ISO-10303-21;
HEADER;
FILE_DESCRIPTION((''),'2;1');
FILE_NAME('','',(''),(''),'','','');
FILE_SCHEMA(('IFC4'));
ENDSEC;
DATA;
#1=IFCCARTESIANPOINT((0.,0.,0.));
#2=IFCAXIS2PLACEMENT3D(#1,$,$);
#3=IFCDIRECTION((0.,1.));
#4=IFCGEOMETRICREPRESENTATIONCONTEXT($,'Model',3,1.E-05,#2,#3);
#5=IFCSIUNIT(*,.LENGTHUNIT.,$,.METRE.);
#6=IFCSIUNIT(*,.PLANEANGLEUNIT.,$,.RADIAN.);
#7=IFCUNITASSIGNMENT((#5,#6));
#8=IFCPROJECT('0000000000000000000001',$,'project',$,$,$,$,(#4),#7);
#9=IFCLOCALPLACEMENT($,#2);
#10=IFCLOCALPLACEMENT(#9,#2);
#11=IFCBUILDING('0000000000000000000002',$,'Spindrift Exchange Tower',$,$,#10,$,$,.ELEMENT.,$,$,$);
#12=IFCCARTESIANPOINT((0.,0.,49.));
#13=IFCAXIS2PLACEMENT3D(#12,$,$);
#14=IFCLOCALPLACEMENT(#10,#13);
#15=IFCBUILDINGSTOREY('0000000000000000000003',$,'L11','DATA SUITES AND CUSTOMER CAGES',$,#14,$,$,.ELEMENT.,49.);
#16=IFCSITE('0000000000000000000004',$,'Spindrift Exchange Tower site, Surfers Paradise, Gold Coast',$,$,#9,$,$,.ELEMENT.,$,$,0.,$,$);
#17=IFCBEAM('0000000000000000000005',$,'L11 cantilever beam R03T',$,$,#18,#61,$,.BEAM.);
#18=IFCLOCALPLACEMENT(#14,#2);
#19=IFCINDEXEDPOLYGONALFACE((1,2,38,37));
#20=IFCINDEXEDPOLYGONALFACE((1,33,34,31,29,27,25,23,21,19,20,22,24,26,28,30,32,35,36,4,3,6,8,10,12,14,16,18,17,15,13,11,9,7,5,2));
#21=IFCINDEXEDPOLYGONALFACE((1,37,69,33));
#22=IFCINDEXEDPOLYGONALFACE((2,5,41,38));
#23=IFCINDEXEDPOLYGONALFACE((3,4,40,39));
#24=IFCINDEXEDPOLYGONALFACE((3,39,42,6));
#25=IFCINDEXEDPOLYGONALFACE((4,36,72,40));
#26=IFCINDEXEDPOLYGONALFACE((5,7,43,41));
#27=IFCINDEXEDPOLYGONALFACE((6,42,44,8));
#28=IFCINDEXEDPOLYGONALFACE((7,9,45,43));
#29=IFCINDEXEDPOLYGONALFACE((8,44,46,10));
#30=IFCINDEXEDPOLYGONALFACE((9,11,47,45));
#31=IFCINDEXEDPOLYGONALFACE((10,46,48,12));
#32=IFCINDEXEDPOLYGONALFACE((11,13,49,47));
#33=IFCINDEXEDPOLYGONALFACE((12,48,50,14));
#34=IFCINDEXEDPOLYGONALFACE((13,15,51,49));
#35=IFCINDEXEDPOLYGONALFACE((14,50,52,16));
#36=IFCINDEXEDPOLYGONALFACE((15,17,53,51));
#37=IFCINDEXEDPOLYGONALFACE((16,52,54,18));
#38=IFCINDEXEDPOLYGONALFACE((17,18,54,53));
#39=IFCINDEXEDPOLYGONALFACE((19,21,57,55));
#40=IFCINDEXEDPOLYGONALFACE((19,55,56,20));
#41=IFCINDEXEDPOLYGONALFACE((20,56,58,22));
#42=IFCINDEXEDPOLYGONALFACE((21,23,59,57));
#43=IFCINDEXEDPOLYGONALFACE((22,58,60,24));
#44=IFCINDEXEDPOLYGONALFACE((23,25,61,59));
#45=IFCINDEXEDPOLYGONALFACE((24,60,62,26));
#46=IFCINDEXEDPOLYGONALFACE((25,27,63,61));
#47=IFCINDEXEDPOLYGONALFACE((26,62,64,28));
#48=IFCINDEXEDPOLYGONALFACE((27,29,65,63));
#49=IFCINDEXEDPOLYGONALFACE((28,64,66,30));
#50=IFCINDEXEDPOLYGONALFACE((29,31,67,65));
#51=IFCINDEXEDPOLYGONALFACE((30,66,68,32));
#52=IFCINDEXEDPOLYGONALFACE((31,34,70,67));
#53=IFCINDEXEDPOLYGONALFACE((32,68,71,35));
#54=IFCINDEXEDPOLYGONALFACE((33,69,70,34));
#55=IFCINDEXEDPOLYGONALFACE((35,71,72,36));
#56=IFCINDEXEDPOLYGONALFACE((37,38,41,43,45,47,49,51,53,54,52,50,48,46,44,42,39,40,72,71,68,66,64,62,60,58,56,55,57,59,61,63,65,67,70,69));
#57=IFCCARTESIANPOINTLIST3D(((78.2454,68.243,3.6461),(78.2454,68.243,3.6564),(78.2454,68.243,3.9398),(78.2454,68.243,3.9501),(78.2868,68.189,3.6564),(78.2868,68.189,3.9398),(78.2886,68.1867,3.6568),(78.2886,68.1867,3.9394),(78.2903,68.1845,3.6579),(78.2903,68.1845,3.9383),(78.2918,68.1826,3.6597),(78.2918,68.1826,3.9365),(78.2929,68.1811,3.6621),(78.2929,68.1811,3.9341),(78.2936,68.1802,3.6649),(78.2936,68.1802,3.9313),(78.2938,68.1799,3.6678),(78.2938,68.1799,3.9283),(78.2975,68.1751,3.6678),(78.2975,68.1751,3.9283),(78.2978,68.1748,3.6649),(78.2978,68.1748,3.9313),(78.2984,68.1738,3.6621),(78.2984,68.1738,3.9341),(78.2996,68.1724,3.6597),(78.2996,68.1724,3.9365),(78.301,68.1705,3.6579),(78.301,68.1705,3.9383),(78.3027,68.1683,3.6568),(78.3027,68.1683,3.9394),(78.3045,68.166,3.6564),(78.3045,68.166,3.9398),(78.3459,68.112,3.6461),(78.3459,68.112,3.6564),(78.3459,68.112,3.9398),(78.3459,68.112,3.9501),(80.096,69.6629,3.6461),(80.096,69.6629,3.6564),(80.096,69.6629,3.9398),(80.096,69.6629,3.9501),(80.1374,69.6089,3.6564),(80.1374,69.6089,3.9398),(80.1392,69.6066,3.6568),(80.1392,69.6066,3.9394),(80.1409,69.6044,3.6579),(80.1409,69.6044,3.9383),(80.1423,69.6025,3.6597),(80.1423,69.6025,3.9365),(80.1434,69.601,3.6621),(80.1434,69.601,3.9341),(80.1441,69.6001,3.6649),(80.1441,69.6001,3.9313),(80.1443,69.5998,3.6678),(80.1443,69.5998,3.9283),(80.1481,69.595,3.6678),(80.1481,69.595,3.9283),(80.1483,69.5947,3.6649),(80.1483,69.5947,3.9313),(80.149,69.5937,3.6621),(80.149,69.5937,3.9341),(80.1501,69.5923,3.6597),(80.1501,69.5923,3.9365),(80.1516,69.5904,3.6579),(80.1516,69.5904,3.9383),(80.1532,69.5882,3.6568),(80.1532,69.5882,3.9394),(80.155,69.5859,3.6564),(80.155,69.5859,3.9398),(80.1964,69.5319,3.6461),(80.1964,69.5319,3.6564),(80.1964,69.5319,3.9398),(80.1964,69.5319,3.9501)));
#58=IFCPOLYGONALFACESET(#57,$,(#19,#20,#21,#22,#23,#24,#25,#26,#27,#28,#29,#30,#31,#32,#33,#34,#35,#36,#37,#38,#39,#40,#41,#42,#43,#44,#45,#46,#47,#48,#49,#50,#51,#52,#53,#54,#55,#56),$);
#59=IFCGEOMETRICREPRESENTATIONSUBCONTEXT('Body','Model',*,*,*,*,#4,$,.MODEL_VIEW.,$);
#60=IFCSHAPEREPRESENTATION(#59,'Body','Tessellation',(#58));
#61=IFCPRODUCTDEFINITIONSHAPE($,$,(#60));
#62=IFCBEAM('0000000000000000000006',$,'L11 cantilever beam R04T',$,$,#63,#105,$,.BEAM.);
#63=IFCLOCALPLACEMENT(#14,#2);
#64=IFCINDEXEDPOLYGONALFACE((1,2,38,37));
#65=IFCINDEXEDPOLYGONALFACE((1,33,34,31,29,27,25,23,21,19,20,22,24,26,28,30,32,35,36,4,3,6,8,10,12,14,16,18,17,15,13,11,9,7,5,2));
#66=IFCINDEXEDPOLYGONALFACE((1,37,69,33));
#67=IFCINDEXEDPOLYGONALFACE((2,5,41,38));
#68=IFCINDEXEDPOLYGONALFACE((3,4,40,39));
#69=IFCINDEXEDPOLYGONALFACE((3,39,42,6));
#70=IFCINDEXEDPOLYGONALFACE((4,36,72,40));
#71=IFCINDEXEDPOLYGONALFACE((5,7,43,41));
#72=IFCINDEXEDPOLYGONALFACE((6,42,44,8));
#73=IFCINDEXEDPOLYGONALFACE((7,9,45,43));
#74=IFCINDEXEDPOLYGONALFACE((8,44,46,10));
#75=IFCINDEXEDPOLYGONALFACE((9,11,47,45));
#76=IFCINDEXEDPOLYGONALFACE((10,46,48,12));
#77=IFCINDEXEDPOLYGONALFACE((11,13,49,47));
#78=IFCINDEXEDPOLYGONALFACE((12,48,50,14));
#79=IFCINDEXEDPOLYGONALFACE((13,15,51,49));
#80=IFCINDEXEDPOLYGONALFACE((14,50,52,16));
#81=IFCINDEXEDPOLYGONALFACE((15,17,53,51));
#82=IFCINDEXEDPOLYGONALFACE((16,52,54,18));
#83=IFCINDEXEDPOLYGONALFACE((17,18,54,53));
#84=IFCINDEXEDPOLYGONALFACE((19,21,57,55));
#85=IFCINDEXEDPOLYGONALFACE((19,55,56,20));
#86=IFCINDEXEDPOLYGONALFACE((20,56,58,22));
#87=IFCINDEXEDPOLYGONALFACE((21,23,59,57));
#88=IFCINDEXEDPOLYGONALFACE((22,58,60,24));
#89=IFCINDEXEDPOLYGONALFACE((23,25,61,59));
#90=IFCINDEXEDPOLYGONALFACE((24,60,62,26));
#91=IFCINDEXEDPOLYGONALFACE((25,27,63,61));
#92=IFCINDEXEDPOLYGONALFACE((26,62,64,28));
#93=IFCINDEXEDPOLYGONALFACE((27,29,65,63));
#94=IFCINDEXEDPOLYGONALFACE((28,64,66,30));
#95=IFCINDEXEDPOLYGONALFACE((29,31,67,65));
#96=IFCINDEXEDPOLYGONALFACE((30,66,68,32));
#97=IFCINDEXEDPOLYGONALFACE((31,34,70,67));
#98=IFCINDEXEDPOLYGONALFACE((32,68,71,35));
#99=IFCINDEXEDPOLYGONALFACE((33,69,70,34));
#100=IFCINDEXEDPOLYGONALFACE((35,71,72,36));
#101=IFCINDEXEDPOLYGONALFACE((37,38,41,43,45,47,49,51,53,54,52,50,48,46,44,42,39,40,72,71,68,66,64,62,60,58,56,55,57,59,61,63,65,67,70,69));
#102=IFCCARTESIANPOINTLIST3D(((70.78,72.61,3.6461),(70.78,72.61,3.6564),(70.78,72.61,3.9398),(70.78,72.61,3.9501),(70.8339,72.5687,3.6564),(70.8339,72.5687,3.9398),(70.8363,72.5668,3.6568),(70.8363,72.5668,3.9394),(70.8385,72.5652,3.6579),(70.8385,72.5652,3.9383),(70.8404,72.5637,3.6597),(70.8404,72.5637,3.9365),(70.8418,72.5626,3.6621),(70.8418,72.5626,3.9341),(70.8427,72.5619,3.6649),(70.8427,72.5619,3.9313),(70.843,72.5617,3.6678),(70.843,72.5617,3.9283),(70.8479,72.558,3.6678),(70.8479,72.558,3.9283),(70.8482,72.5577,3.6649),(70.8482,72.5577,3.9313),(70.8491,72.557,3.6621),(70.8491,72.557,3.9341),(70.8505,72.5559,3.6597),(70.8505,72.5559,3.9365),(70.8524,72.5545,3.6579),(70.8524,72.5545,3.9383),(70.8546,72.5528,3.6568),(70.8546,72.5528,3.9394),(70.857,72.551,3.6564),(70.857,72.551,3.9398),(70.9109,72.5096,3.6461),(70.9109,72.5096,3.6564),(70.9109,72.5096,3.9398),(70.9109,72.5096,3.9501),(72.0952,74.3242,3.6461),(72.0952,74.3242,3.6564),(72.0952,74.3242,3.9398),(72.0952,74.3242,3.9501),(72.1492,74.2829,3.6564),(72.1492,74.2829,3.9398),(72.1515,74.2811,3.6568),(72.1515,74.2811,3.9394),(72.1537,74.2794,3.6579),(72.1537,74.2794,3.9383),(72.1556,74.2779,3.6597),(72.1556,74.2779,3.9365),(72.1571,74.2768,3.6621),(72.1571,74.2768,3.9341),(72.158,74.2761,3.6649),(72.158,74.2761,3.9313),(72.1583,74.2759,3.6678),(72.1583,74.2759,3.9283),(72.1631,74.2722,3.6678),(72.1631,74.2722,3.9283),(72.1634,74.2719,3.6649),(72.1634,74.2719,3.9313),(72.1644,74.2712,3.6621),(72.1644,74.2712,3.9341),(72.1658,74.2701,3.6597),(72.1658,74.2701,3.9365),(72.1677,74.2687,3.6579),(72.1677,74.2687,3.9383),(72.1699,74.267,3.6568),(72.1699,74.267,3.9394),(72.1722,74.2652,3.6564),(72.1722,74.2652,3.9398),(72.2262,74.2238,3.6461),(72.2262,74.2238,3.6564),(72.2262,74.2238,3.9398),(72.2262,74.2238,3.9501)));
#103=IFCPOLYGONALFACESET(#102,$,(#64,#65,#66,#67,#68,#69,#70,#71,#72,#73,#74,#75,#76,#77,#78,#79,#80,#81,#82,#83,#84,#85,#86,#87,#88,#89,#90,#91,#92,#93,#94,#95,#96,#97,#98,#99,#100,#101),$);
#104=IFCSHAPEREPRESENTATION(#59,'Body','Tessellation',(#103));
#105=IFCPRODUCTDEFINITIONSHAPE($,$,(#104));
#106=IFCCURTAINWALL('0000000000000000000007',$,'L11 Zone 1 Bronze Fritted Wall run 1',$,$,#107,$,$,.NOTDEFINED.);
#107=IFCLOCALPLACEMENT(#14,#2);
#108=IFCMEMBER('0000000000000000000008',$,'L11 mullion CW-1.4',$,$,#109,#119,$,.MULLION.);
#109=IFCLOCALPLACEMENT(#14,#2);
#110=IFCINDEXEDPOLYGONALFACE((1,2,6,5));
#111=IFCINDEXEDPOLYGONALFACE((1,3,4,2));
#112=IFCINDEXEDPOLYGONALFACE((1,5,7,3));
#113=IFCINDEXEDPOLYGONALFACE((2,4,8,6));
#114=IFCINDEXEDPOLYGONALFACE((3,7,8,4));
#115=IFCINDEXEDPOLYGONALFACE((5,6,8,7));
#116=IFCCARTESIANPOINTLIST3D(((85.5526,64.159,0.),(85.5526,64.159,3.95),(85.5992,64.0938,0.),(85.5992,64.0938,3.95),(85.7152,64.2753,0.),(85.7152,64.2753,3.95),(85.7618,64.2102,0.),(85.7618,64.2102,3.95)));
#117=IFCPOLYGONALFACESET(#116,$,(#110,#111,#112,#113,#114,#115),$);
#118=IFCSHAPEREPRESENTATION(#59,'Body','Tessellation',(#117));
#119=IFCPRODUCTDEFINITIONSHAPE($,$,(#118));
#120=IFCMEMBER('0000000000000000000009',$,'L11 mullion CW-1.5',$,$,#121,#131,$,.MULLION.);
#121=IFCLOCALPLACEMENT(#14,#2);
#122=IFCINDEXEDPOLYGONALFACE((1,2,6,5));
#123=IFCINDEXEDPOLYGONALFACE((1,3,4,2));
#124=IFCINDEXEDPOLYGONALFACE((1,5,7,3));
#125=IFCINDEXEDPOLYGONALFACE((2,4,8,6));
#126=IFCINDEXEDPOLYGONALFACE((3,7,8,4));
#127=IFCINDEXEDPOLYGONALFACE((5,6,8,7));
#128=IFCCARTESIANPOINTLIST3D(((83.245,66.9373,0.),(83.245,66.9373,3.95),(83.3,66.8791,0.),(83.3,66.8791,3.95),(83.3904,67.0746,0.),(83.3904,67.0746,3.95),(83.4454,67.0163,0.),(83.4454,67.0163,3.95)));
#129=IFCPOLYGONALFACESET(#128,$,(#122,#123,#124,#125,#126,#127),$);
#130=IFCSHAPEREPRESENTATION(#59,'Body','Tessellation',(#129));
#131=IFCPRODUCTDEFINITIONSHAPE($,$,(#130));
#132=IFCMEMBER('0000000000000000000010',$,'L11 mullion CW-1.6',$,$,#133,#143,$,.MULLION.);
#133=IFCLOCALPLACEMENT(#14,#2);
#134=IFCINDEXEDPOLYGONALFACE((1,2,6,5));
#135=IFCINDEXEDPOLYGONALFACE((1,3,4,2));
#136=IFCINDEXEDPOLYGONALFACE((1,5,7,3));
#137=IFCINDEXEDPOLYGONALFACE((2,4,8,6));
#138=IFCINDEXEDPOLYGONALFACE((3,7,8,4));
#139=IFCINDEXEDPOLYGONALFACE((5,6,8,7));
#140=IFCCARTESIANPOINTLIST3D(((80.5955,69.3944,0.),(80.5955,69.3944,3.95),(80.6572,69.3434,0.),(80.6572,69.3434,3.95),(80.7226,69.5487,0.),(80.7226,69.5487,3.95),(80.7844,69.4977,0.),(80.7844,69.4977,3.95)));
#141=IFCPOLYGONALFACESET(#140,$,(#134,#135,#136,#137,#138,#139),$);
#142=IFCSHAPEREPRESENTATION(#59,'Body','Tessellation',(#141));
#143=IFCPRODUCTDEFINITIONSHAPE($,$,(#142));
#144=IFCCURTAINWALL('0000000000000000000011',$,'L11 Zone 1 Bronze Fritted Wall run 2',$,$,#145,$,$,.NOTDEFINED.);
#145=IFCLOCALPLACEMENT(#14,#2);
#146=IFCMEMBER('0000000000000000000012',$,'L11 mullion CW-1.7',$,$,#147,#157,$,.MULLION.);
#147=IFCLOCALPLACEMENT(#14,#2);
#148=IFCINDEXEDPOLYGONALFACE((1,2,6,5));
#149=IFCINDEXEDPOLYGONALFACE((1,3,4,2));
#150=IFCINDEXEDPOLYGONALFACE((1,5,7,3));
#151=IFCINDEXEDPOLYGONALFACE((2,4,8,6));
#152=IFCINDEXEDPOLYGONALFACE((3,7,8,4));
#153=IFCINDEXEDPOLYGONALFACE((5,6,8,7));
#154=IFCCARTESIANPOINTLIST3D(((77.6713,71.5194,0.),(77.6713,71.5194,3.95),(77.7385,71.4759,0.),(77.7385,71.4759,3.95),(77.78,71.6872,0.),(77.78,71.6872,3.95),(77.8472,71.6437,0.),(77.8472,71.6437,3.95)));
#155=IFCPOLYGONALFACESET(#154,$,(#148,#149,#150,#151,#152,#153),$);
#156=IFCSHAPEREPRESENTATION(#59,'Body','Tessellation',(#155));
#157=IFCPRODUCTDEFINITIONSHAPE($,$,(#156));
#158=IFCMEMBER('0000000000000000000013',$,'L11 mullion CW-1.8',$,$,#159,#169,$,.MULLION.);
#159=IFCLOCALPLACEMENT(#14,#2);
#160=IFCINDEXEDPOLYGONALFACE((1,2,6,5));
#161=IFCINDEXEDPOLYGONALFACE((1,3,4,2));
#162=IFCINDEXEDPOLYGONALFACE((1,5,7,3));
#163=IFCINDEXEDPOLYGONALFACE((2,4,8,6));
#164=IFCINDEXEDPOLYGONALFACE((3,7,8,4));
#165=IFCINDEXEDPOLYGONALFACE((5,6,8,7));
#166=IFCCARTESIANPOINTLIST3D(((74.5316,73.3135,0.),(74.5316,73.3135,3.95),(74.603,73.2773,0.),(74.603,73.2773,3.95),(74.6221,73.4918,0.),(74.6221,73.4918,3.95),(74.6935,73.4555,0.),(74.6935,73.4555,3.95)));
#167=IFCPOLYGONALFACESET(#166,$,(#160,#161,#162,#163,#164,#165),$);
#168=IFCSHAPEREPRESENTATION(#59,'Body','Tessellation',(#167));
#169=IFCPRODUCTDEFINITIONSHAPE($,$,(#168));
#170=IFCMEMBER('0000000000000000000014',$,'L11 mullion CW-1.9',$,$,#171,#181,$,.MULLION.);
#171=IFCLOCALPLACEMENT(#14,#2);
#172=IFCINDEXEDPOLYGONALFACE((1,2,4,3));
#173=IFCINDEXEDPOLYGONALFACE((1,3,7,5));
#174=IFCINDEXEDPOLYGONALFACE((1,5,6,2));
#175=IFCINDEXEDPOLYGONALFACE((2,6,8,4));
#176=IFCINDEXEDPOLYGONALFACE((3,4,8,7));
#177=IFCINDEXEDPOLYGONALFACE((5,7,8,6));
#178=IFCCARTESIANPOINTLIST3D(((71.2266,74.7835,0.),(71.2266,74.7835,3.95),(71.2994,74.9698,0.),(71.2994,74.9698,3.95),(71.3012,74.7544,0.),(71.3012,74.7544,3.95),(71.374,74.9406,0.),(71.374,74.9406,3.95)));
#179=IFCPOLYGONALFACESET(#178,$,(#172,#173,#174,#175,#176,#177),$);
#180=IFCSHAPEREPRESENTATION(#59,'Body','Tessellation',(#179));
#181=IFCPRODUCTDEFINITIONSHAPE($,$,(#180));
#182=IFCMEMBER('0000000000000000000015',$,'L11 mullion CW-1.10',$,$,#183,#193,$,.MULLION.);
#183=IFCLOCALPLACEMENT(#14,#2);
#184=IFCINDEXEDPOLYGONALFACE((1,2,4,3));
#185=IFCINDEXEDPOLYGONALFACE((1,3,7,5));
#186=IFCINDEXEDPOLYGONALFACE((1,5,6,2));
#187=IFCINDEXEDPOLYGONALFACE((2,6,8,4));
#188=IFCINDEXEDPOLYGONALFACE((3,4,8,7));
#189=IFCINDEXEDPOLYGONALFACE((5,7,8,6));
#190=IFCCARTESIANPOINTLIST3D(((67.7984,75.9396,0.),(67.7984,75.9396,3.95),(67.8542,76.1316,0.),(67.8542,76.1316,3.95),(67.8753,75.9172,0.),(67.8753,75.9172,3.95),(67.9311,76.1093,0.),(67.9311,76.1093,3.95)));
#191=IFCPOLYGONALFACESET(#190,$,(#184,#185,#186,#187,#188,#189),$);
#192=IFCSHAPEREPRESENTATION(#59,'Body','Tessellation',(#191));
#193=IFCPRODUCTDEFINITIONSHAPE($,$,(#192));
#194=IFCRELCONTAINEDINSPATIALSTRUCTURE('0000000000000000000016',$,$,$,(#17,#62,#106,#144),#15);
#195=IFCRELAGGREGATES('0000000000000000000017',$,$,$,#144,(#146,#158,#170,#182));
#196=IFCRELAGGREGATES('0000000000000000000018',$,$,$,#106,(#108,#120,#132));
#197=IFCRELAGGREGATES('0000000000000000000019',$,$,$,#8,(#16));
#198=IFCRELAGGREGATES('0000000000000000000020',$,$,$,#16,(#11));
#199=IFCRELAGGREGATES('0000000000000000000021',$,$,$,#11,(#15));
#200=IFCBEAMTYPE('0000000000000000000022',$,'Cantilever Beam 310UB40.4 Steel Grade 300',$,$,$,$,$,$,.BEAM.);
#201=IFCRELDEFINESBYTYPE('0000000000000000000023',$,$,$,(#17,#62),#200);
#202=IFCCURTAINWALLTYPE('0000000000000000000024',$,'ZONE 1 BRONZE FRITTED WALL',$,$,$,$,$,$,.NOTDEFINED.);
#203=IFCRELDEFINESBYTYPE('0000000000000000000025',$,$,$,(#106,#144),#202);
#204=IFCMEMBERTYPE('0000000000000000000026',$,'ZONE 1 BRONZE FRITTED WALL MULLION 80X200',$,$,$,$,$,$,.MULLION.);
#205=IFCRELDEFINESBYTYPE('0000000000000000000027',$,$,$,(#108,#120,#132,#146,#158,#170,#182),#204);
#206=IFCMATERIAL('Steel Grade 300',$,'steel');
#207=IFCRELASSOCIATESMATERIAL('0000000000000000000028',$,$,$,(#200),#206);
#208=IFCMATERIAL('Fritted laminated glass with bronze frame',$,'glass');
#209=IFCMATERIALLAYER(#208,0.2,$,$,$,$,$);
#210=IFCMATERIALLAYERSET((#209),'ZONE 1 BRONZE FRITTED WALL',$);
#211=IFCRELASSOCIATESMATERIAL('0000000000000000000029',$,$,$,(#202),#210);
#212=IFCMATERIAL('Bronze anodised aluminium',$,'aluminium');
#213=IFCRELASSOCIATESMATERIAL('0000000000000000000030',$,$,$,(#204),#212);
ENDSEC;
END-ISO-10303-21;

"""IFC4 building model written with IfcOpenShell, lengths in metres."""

from ifc_helpers import new_model, si_unit, direction, frame, origin, origin_2d, place, context, subcontext, project, spatial, rectangle, i_section, extrude, source, transform, mapped, material, layer, layer_set, material_profile, profile_set, type_object, element, aggregate, save


model = new_model("IFC4")

# Units and contexts
model_context = context("Model", 3, precision=1e-05, world=origin(), true_north=direction((0.0, 1.0)))
body_context = subcontext(model_context, "Body", "Model", "MODEL_VIEW")
ifc_project = project(units=[si_unit("LENGTHUNIT", "METRE"), si_unit("PLANEANGLEUNIT", "RADIAN")], contexts=[model_context])

# Site, building, storey
site_placement = place(None, origin())
site = spatial("IfcSite", under=ifc_project, at=site_placement, Name="Spindrift Exchange Tower site, Surfers Paradise, Gold Coast", CompositionType="ELEMENT", RefElevation=0.0)
building_placement = place(site_placement, origin())
building = spatial("IfcBuilding", under=site, at=building_placement, Name="Spindrift Exchange Tower", CompositionType="ELEMENT")
storey_placement = place(building_placement, frame((0.0, 0.0, 49.0)))
storey = spatial("IfcBuildingStorey", under=building, at=storey_placement, Name="L11", Description="DATA SUITES AND CUSTOMER CAGES", CompositionType="ELEMENT", Elevation=49.0)

# Beams
ifc_material_1 = material(Name="Steel Grade 300", Category="steel")
ifc_material_profile_1 = material_profile(ifc_material_1, i_section(OverallWidth=0.165, OverallDepth=0.304, WebThickness=0.0061, FlangeThickness=0.0103, FilletRadius=0.0115, at=origin_2d()), Name="310UB40.4")
ifc_profile_set_1 = profile_set([ifc_material_profile_1], Name="Steel Grade 300")
beam_type_1 = type_object("IfcBeamType", Name="Cantilever Beam 310UB40.4 Steel Grade 300", PredefinedType="BEAM", material=ifc_profile_set_1)
shared_shape_1 = source(origin(), body_context, "Body", "SweptSolid", [
    extrude(i_section(OverallWidth=0.165, OverallDepth=0.304, WebThickness=0.0061, FlangeThickness=0.0103, FilletRadius=0.0115, at=origin_2d()), origin(), (0.0, 0.0, 1.0), 2.3325),
])
beam_1_placement = place(storey_placement, frame((78.2957, 68.1775, 3.7981), z_axis=(0.79337, 0.608739, 0.0), x_axis=(-0.608739, 0.79337, 0.0)))
element("IfcBeam", 1, at=beam_1_placement, inside=storey, type_object=beam_type_1, Name="L11 cantilever beam R03T", PredefinedType="BEAM", context=body_context, shape_type="MappedRepresentation", body=[
    mapped(shared_shape_1, transform((0.0, 0.0, 0.0), scale=1.0)),
])
shared_shape_2 = source(origin(), body_context, "Body", "SweptSolid", [
    extrude(i_section(OverallWidth=0.165, OverallDepth=0.304, WebThickness=0.0061, FlangeThickness=0.0103, FilletRadius=0.0115, at=origin_2d()), origin(), (0.0, 0.0, 1.0), 2.1606),
])
beam_2_placement = place(storey_placement, frame((70.8455, 72.5598, 3.7981), z_axis=(0.608733, 0.793375, 0.0), x_axis=(-0.793375, 0.608733, 0.0)))
element("IfcBeam", 2, at=beam_2_placement, inside=storey, type_object=beam_type_1, Name="L11 cantilever beam R04T", PredefinedType="BEAM", context=body_context, shape_type="MappedRepresentation", body=[
    mapped(shared_shape_2, transform((0.0, 0.0, 0.0), scale=1.0)),
])

# Curtain walls, members
ifc_material_2 = material(Name="Fritted laminated glass with bronze frame", Category="glass")
ifc_layer_1 = layer(ifc_material_2, 0.2)
ifc_layer_set_1 = layer_set([ifc_layer_1], Name="ZONE 1 BRONZE FRITTED WALL")
curtain_wall_type = type_object("IfcCurtainWallType", Name="ZONE 1 BRONZE FRITTED WALL", PredefinedType="NOTDEFINED", material=ifc_layer_set_1)
curtain_wall_1_placement = place(storey_placement, origin())
curtain_wall_1 = element("IfcCurtainWall", 3, at=curtain_wall_1_placement, inside=storey, type_object=curtain_wall_type, Name="L11 Zone 1 Bronze Fritted Wall run 1", PredefinedType="NOTDEFINED")
ifc_material_3 = material(Name="Bronze anodised aluminium", Category="aluminium")
ifc_material_profile_2 = material_profile(ifc_material_3, rectangle(XDim=0.0801, YDim=0.2, at=origin_2d()), Name="ZONE 1 BRONZE FRITTED WALL MULLION 80X200")
ifc_profile_set_2 = profile_set([ifc_material_profile_2], Name="Bronze anodised aluminium")
member_type_1 = type_object("IfcMemberType", Name="ZONE 1 BRONZE FRITTED WALL MULLION 80X200", PredefinedType="MULLION", material=ifc_profile_set_2)
shared_shape_3 = source(origin(), body_context, "Body", "SweptSolid", [
    extrude(rectangle(XDim=0.0801, YDim=0.2, at=origin_2d()), origin(), (0.0, 0.0, 1.0), 3.95),
])
member_1_placement = place(storey_placement, frame((85.6572, 64.1846, 0.0), z_axis=(0.0, 0.0, 1.0), x_axis=(-0.581952, 0.813223, 0.0)))
member_1 = element("IfcMember", 4, at=member_1_placement, type_object=member_type_1, Name="L11 mullion CW-1.4", PredefinedType="MULLION", context=body_context, shape_type="MappedRepresentation", body=[
    mapped(shared_shape_3, transform((0.0, 0.0, 0.0), scale=1.0)),
])
member_2_placement = place(storey_placement, frame((83.3452, 66.9768, 0.0), z_axis=(0.0, 0.0, 1.0), x_axis=(-0.686489, 0.72714, 0.0)))
member_2 = element("IfcMember", 5, at=member_2_placement, type_object=member_type_1, Name="L11 mullion CW-1.5", PredefinedType="MULLION", context=body_context, shape_type="MappedRepresentation", body=[
    mapped(shared_shape_3, transform((0.0, 0.0, 0.0), scale=1.0)),
])
member_3_placement = place(storey_placement, frame((80.6899, 69.446, 0.0), z_axis=(0.0, 0.0, 1.0), x_axis=(-0.771626, 0.636077, 0.0)))
member_3 = element("IfcMember", 6, at=member_3_placement, type_object=member_type_1, Name="L11 mullion CW-1.6", PredefinedType="MULLION", context=body_context, shape_type="MappedRepresentation", body=[
    mapped(shared_shape_3, transform((0.0, 0.0, 0.0), scale=1.0)),
])
curtain_wall_2_placement = place(storey_placement, origin())
curtain_wall_2 = element("IfcCurtainWall", 7, at=curtain_wall_2_placement, inside=storey, type_object=curtain_wall_type, Name="L11 Zone 1 Bronze Fritted Wall run 2", PredefinedType="NOTDEFINED")
member_4_placement = place(storey_placement, frame((77.7593, 71.5815, 0.0), z_axis=(0.0, 0.0, 1.0), x_axis=(-0.839187, 0.543844, 0.0)))
member_4 = element("IfcMember", 8, at=member_4_placement, type_object=member_type_1, Name="L11 mullion CW-1.7", PredefinedType="MULLION", context=body_context, shape_type="MappedRepresentation", body=[
    mapped(shared_shape_3, transform((0.0, 0.0, 0.0), scale=1.0)),
])
member_5_placement = place(storey_placement, frame((74.6125, 73.3845, 0.0), z_axis=(0.0, 0.0, 1.0), x_axis=(-0.891596, 0.452833, 0.0)))
member_5 = element("IfcMember", 9, at=member_5_placement, type_object=member_type_1, Name="L11 mullion CW-1.8", PredefinedType="MULLION", context=body_context, shape_type="MappedRepresentation", body=[
    mapped(shared_shape_3, transform((0.0, 0.0, 0.0), scale=1.0)),
])
member_6_placement = place(storey_placement, frame((71.3003, 74.8621, 0.0), z_axis=(0.0, 0.0, 1.0), x_axis=(-0.931268, 0.364335, 0.0)))
member_6 = element("IfcMember", 10, at=member_6_placement, type_object=member_type_1, Name="L11 mullion CW-1.9", PredefinedType="MULLION", context=body_context, shape_type="MappedRepresentation", body=[
    mapped(shared_shape_3, transform((0.0, 0.0, 0.0), scale=1.0)),
])
member_7_placement = place(storey_placement, frame((67.8647, 76.0244, 0.0), z_axis=(0.0, 0.0, 1.0), x_axis=(-0.960329, 0.278868, 0.0)))
member_7 = element("IfcMember", 11, at=member_7_placement, type_object=member_type_1, Name="L11 mullion CW-1.10", PredefinedType="MULLION", context=body_context, shape_type="MappedRepresentation", body=[
    mapped(shared_shape_3, transform((0.0, 0.0, 0.0), scale=1.0)),
])

aggregate(curtain_wall_2, [member_4, member_5, member_6, member_7])
aggregate(curtain_wall_1, [member_1, member_2, member_3])

save(model, "model.ifc")
